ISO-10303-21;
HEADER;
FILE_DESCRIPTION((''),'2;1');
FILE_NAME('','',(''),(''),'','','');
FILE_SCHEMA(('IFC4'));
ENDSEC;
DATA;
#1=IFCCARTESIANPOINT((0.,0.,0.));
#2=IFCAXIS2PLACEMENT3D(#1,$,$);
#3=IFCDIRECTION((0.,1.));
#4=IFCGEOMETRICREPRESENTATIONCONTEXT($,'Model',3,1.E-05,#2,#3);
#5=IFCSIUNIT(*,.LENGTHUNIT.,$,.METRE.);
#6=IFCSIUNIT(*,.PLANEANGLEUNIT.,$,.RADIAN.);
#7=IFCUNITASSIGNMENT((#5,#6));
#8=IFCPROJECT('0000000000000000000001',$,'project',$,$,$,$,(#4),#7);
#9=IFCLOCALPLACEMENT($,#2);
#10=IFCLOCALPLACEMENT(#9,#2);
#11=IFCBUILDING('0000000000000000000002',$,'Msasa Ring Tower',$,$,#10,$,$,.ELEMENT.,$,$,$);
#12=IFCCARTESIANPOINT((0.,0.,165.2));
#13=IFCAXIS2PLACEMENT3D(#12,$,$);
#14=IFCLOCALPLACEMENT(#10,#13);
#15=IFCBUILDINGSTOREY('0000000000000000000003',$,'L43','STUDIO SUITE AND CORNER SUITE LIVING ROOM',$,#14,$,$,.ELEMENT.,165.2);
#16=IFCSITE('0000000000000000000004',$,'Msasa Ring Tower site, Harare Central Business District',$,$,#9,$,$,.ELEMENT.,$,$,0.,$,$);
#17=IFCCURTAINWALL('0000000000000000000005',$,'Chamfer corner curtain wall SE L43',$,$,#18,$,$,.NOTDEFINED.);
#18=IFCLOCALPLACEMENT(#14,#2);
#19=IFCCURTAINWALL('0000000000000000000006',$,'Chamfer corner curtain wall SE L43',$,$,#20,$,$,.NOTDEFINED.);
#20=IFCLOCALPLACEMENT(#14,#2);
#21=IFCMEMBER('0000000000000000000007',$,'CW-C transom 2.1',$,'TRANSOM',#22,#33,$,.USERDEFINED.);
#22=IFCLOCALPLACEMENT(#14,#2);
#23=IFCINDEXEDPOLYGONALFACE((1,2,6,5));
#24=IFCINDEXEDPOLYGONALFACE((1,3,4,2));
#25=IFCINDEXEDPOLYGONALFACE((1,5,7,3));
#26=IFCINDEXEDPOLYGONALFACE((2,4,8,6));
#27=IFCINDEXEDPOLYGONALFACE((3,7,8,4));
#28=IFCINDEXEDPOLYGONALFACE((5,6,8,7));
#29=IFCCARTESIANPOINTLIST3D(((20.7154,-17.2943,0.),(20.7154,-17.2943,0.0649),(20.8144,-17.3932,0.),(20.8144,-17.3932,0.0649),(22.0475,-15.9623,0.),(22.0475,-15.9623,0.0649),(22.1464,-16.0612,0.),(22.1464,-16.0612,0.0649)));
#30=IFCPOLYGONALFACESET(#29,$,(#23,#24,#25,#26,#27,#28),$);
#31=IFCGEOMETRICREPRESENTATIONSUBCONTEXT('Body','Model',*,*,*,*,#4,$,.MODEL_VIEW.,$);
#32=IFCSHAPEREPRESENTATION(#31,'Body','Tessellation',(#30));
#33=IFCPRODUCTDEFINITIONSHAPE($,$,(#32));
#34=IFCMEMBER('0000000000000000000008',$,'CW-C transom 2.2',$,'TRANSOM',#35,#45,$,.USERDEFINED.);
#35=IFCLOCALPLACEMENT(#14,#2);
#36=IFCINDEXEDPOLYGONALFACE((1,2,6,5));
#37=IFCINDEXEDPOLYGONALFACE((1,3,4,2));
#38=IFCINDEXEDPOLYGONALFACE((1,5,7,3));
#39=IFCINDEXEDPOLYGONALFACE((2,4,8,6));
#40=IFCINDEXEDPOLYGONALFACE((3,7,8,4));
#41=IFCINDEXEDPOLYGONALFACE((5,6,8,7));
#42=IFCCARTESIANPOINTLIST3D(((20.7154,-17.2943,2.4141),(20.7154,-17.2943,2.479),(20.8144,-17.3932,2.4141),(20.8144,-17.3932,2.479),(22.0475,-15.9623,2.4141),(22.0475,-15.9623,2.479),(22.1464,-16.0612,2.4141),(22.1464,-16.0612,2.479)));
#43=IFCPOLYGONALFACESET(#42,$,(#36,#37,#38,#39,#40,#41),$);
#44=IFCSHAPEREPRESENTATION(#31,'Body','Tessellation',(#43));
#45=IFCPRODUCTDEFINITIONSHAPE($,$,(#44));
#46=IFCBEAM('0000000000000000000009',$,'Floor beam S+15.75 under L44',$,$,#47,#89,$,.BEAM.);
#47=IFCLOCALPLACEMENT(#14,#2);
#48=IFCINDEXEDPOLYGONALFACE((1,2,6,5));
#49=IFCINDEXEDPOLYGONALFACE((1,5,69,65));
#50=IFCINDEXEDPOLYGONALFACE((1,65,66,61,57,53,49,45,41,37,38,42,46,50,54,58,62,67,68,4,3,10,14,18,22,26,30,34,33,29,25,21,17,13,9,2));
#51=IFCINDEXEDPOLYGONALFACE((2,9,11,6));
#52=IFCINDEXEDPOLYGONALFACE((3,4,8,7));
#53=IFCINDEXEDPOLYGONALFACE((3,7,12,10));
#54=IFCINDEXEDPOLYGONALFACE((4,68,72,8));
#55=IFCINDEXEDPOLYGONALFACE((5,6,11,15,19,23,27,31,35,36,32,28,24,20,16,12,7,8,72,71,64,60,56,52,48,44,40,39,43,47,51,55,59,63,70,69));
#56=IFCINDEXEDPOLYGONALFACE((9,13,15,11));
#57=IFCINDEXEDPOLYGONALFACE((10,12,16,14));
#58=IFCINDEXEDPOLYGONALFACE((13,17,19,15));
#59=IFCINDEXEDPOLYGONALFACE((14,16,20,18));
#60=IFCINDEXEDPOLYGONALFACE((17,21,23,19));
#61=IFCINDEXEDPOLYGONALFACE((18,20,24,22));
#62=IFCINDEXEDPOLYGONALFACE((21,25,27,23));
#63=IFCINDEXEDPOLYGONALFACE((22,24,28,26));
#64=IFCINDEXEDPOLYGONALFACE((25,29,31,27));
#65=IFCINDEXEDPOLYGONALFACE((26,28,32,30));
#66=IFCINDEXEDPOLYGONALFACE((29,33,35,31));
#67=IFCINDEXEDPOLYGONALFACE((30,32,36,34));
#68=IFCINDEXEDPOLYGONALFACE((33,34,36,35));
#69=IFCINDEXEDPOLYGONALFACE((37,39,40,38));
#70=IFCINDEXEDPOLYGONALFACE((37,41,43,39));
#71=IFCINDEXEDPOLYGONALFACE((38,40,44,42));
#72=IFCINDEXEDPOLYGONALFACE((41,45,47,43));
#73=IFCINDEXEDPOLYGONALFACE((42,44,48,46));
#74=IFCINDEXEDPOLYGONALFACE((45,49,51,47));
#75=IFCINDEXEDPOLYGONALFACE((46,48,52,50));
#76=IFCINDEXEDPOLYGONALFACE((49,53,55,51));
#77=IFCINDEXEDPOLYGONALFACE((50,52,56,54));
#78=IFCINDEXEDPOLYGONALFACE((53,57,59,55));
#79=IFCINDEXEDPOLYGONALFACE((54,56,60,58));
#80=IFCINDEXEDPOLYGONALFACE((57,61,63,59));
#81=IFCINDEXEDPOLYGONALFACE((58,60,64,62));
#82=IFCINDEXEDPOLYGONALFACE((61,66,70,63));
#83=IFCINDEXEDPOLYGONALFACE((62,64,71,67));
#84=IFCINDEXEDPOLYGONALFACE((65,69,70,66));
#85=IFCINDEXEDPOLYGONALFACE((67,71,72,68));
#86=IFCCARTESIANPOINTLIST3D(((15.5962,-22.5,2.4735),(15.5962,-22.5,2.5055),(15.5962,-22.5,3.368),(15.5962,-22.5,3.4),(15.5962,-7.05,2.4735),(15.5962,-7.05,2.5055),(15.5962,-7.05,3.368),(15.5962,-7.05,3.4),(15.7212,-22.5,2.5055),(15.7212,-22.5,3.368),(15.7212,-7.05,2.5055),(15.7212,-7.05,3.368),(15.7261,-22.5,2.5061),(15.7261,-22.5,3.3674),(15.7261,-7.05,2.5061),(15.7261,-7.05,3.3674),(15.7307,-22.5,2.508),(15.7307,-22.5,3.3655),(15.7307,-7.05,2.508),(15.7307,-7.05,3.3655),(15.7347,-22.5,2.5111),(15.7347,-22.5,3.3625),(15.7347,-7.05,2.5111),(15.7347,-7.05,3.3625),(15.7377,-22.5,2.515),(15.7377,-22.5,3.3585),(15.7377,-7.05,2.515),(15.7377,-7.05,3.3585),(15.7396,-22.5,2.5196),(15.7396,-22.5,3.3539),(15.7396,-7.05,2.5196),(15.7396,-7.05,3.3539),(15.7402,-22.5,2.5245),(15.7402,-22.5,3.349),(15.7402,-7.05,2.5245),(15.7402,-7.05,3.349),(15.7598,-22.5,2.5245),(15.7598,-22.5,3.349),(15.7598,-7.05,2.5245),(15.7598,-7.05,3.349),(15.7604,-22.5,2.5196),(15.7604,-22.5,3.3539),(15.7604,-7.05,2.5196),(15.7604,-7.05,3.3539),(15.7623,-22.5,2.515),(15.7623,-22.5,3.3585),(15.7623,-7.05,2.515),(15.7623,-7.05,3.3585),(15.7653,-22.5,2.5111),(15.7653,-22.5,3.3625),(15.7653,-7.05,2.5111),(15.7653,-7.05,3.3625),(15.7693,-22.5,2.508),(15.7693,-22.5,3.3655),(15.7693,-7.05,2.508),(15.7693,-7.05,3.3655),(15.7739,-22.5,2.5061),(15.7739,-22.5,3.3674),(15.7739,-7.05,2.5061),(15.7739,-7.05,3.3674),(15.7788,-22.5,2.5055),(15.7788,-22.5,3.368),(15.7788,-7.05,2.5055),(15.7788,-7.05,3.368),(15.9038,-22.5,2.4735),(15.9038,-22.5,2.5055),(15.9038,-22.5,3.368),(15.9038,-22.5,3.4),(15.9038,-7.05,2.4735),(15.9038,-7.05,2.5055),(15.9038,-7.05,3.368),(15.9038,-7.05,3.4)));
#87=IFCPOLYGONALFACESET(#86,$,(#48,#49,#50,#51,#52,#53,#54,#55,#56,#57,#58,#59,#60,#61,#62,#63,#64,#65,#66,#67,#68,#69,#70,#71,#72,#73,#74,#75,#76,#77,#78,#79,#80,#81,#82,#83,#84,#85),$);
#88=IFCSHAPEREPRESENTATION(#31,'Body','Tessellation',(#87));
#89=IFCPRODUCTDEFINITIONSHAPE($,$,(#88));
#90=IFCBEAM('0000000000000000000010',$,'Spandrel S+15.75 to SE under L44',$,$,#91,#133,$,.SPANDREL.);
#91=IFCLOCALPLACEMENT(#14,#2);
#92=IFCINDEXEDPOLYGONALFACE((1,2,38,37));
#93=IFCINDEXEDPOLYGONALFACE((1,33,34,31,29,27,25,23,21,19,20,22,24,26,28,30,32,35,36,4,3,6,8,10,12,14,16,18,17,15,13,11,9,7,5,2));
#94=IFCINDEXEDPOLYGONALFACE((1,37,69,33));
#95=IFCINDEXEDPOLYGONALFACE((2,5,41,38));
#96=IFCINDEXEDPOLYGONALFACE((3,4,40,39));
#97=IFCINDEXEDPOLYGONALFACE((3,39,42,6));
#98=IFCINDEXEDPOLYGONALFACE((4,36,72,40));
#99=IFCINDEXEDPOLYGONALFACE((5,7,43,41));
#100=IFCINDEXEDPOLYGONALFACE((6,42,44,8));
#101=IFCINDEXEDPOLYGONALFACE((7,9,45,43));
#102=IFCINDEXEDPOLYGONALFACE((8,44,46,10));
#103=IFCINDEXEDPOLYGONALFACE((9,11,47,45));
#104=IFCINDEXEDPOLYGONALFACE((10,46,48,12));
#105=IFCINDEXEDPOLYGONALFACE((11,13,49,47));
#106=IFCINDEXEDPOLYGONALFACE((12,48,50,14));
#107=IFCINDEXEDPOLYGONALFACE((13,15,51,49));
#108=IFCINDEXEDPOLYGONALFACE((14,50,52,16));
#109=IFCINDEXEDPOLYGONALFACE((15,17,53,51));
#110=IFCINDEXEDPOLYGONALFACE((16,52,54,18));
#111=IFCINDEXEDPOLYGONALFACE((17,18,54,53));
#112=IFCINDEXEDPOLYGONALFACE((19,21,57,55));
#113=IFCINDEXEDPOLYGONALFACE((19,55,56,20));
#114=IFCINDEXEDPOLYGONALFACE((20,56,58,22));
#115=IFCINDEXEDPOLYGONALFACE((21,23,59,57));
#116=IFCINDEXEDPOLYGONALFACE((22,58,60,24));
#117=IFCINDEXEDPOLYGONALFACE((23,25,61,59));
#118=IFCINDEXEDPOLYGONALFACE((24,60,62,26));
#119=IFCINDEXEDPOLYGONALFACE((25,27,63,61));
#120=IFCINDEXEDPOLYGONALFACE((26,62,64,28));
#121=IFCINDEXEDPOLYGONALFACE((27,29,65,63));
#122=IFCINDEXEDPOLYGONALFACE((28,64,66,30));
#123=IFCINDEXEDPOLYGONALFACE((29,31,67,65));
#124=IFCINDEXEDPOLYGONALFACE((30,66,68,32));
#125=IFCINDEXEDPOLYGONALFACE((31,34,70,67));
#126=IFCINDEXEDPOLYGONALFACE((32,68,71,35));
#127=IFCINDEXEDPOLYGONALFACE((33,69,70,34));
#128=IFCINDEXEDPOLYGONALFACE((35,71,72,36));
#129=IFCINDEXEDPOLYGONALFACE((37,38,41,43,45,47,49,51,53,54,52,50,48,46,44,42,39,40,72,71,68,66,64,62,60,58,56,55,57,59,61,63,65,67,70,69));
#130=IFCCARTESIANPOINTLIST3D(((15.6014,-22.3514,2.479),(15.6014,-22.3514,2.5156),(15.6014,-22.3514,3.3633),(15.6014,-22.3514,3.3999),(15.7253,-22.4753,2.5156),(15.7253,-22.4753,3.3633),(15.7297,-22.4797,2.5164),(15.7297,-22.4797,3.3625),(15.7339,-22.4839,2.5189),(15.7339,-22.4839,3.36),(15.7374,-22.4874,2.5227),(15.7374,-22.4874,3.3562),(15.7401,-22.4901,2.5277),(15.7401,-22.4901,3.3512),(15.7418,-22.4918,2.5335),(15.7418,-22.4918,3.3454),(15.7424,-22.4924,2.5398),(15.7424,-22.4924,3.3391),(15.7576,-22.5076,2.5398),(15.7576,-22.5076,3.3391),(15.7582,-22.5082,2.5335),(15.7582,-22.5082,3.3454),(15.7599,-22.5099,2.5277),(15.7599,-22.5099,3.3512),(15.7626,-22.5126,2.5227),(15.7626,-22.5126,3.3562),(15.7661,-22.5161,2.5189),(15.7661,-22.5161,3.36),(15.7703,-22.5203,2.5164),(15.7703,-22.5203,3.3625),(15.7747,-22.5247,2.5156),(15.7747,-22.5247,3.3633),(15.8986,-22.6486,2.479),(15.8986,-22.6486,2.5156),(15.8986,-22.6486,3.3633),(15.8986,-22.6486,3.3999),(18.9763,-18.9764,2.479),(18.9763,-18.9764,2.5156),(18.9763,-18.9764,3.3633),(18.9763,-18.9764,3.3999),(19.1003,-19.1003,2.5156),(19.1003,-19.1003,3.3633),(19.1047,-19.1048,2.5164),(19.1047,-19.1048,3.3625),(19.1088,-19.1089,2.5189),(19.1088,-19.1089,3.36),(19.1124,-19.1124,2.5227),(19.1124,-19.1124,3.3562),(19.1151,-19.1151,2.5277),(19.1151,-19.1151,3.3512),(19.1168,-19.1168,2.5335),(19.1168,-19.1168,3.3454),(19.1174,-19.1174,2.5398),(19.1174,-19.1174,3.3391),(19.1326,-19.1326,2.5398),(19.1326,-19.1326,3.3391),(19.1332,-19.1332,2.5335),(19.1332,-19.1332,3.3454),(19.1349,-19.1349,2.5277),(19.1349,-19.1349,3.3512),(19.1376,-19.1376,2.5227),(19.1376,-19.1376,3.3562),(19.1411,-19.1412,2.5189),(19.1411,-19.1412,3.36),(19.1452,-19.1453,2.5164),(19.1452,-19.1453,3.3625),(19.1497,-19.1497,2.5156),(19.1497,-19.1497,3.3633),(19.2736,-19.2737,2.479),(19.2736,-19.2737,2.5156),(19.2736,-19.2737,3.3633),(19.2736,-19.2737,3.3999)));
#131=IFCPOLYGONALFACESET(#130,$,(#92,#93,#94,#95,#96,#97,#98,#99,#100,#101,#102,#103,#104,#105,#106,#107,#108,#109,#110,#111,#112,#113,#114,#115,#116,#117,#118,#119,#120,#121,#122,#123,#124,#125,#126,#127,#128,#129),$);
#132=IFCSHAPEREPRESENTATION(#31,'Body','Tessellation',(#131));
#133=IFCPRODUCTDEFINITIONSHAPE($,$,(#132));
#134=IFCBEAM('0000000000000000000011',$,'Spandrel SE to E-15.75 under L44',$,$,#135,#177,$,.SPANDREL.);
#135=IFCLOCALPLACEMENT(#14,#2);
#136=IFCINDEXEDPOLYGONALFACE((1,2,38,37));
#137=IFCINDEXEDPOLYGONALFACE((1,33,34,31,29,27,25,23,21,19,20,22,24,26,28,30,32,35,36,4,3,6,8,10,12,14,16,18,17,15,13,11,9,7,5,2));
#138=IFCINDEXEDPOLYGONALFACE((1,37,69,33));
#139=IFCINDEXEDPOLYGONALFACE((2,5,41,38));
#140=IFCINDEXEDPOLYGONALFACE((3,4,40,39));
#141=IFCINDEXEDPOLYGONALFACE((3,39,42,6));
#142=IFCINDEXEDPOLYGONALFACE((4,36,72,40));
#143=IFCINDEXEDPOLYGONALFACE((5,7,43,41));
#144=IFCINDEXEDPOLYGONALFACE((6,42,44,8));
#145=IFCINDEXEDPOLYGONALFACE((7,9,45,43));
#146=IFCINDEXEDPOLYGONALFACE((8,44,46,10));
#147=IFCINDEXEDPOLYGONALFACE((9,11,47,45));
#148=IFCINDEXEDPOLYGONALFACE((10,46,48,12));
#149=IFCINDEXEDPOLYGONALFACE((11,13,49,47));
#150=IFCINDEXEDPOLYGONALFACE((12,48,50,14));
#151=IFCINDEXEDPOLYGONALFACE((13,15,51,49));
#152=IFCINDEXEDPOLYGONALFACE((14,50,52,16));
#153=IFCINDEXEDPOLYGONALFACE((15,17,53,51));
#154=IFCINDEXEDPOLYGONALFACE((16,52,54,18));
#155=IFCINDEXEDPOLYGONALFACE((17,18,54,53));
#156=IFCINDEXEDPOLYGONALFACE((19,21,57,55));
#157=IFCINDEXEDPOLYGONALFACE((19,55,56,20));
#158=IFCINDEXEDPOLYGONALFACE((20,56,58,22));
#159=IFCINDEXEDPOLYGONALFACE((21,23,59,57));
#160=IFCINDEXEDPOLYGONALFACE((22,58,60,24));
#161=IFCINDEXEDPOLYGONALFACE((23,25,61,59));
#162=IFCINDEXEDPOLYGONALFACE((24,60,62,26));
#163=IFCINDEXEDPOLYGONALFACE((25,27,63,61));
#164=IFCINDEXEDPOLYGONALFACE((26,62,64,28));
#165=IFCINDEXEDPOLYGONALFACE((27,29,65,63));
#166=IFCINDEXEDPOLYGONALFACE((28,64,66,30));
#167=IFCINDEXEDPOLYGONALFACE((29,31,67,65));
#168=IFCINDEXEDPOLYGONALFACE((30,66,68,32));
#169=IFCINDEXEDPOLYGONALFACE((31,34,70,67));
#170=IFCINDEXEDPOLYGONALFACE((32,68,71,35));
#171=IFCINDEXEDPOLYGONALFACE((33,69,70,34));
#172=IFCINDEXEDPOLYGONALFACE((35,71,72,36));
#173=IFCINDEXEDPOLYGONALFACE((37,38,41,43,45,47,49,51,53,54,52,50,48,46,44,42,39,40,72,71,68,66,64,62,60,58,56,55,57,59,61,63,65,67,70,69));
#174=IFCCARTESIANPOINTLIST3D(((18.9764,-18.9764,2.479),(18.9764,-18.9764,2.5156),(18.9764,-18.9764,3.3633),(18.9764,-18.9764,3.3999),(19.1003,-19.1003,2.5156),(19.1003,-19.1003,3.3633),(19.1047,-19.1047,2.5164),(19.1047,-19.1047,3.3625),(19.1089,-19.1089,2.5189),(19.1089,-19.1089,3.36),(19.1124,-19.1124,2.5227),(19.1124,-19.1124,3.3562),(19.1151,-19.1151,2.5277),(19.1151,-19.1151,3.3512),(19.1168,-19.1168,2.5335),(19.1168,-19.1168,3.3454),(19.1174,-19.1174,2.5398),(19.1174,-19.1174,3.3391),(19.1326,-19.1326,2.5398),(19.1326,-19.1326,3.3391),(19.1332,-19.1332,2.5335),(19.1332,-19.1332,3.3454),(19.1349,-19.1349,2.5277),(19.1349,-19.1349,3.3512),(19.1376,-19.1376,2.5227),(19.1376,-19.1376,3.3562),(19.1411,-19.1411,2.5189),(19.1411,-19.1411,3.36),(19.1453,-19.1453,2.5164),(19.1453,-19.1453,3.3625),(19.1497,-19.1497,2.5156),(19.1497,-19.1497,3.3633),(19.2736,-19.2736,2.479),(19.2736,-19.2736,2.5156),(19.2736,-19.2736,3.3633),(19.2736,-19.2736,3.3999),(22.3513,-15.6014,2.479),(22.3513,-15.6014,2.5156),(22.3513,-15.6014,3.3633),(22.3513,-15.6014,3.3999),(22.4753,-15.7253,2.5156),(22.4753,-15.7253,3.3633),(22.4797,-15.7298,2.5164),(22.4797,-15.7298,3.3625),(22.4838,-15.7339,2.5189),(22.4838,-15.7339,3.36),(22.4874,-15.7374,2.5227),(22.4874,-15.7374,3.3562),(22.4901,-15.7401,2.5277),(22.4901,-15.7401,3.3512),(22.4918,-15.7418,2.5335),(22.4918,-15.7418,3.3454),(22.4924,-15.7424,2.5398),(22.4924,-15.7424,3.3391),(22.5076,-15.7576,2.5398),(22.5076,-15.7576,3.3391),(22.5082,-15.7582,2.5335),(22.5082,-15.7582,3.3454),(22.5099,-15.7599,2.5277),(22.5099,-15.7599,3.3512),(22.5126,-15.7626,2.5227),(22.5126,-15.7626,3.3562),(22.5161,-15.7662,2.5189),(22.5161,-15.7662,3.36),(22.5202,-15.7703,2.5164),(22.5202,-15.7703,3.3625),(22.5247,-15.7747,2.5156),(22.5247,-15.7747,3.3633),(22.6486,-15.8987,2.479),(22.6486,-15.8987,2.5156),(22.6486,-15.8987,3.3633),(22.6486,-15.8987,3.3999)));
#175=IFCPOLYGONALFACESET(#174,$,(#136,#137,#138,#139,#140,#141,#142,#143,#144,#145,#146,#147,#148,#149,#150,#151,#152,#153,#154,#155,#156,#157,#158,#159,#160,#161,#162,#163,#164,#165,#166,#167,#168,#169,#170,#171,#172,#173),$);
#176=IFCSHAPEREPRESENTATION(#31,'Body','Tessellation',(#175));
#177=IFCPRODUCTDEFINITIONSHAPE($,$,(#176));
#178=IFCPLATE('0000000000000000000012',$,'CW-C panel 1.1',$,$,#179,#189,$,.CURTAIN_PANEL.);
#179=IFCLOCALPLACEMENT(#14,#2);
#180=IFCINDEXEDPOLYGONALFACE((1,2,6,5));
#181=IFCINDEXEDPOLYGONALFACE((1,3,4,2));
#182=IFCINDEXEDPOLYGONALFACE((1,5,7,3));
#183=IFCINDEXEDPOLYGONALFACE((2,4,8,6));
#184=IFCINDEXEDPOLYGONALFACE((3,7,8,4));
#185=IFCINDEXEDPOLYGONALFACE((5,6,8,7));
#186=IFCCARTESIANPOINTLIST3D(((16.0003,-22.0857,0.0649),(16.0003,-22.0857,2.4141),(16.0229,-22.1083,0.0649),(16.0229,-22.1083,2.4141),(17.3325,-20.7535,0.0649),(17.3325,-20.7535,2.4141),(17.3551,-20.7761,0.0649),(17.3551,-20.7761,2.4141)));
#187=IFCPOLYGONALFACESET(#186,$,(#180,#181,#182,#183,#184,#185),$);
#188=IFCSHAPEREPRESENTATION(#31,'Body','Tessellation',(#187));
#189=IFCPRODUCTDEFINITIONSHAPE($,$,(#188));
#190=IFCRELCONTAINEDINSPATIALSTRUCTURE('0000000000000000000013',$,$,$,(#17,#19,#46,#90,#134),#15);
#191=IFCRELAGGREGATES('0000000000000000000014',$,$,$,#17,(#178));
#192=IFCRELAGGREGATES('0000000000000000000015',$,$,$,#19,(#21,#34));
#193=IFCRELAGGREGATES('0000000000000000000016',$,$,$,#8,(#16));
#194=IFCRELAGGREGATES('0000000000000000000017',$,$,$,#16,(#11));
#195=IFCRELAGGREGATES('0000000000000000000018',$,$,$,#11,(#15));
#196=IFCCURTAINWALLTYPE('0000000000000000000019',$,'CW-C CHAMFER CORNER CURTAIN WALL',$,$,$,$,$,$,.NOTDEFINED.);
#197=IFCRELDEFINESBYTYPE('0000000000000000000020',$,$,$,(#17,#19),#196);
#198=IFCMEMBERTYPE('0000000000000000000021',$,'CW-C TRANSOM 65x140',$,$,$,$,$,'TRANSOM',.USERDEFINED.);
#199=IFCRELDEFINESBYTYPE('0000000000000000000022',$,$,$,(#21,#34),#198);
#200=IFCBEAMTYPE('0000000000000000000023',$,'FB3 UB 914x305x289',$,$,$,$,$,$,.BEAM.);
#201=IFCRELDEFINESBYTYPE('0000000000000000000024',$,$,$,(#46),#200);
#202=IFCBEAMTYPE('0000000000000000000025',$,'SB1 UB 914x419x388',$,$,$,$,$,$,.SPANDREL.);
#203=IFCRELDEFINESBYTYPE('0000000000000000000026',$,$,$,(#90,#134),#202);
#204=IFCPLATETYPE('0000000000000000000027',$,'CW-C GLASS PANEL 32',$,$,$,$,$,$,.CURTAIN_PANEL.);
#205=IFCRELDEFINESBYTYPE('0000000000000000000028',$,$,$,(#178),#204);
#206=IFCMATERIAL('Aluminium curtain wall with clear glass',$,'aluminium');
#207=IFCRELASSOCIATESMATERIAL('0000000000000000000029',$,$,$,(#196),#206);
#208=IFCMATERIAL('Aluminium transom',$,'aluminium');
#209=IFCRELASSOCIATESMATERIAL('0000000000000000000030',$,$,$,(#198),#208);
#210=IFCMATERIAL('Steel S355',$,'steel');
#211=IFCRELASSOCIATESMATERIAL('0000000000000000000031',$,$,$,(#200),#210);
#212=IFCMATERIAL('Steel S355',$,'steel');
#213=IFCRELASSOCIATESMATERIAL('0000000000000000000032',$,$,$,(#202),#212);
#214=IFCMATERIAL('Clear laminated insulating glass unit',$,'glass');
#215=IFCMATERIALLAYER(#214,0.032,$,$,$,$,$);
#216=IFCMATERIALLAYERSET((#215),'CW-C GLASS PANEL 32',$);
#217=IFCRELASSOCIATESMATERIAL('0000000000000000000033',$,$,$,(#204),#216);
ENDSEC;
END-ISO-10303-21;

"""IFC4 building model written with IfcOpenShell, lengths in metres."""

from ifc_helpers import new_model, si_unit, direction, frame, origin, origin_2d, place, context, subcontext, project, spatial, rectangle, i_section, extrude, material, layer, layer_set, material_profile, profile_set, type_object, element, aggregate, save


model = new_model("IFC4")

# Units and contexts
model_context = context("Model", 3, precision=1e-05, world=origin(), true_north=direction((0.0, 1.0)))
body_context = subcontext(model_context, "Body", "Model", "MODEL_VIEW")
ifc_project = project(units=[si_unit("LENGTHUNIT", "METRE"), si_unit("PLANEANGLEUNIT", "RADIAN")], contexts=[model_context])

# Site, building, storey
site_placement = place(None, origin())
site = spatial("IfcSite", under=ifc_project, at=site_placement, Name="Msasa Ring Tower site, Harare Central Business District", CompositionType="ELEMENT", RefElevation=0.0)
building_placement = place(site_placement, origin())
building = spatial("IfcBuilding", under=site, at=building_placement, Name="Msasa Ring Tower", CompositionType="ELEMENT")
storey_placement = place(building_placement, frame((0.0, 0.0, 165.2)))
storey = spatial("IfcBuildingStorey", under=building, at=storey_placement, Name="L43", Description="STUDIO SUITE AND CORNER SUITE LIVING ROOM", CompositionType="ELEMENT", Elevation=165.2)

# Curtain walls
ifc_material_1 = material(Name="Aluminium curtain wall with clear glass", Category="aluminium")
curtain_wall_type = type_object("IfcCurtainWallType", Name="CW-C CHAMFER CORNER CURTAIN WALL", PredefinedType="NOTDEFINED", material=ifc_material_1)
curtain_wall_1_placement = place(storey_placement, origin())
curtain_wall_1 = element("IfcCurtainWall", 1, at=curtain_wall_1_placement, inside=storey, type_object=curtain_wall_type, Name="Chamfer corner curtain wall SE L43", PredefinedType="NOTDEFINED")
curtain_wall_2_placement = place(storey_placement, origin())
curtain_wall_2 = element("IfcCurtainWall", 2, at=curtain_wall_2_placement, inside=storey, type_object=curtain_wall_type, Name="Chamfer corner curtain wall SE L43", PredefinedType="NOTDEFINED")

# Members
ifc_material_2 = material(Name="Aluminium transom", Category="aluminium")
ifc_material_profile_1 = material_profile(ifc_material_2, rectangle(XDim=0.1399, YDim=0.0649, at=origin_2d()), Name="AL 65x140")
ifc_profile_set_1 = profile_set([ifc_material_profile_1], Name="Aluminium transom")
member_type_1 = type_object("IfcMemberType", Name="CW-C TRANSOM 65x140", ElementType="TRANSOM", PredefinedType="USERDEFINED", material=ifc_profile_set_1)
member_1_placement = place(storey_placement, frame((20.7649, -17.3438, 0.0325), z_axis=(0.707107, 0.707107, 0.0), x_axis=(-0.707107, 0.707107, 0.0)))
member_1 = element("IfcMember", 3, at=member_1_placement, type_object=member_type_1, Name="CW-C transom 2.1", ObjectType="TRANSOM", PredefinedType="USERDEFINED", context=body_context, shape_type="SweptSolid", body=[
    extrude(rectangle(XDim=0.1399, YDim=0.0649, at=origin_2d()), origin(), (0.0, 0.0, 1.0), 1.8838),
])
member_2_placement = place(storey_placement, frame((20.7649, -17.3438, 2.4465), z_axis=(0.707107, 0.707107, 0.0), x_axis=(-0.707107, 0.707107, 0.0)))
member_2 = element("IfcMember", 4, at=member_2_placement, type_object=member_type_1, Name="CW-C transom 2.2", ObjectType="TRANSOM", PredefinedType="USERDEFINED", context=body_context, shape_type="SweptSolid", body=[
    extrude(rectangle(XDim=0.1399, YDim=0.0649, at=origin_2d()), origin(), (0.0, 0.0, 1.0), 1.8838),
])

# Beams
ifc_material_3 = material(Name="Steel S355", Category="steel")
ifc_material_profile_2 = material_profile(ifc_material_3, i_section(OverallWidth=0.3076, OverallDepth=0.9265, WebThickness=0.0195, FlangeThickness=0.032, FilletRadius=0.019, at=origin_2d()), Name="UB 914x305x289")
ifc_profile_set_2 = profile_set([ifc_material_profile_2], Name="Steel S355")
beam_type_1 = type_object("IfcBeamType", Name="FB3 UB 914x305x289", PredefinedType="BEAM", material=ifc_profile_set_2)
beam_placement = place(storey_placement, frame((15.75, -22.5, 2.9368), z_axis=(0.0, 1.0, 0.0), x_axis=(-1.0, 0.0, 0.0)))
element("IfcBeam", 5, at=beam_placement, inside=storey, type_object=beam_type_1, Name="Floor beam S+15.75 under L44", PredefinedType="BEAM", context=body_context, shape_type="SweptSolid", body=[
    extrude(i_section(OverallWidth=0.3076, OverallDepth=0.9265, WebThickness=0.0195, FlangeThickness=0.032, FilletRadius=0.019, at=origin_2d()), origin(), (0.0, 0.0, 1.0), 15.45),
])
ifc_material_4 = material(Name="Steel S355", Category="steel")
ifc_material_profile_3 = material_profile(ifc_material_4, i_section(OverallWidth=0.4204, OverallDepth=0.9209, WebThickness=0.0215, FlangeThickness=0.0366, FilletRadius=0.0242, at=origin_2d()), Name="UB 914x419x388")
ifc_profile_set_3 = profile_set([ifc_material_profile_3], Name="Steel S355")
beam_type_2 = type_object("IfcBeamType", Name="SB1 UB 914x419x388", PredefinedType="SPANDREL", material=ifc_profile_set_3)
for number, where, z_axis, x_axis, name in (
    (6, (15.75, -22.5, 2.9395), (0.707107, 0.707107, 0.0), (-0.707107, 0.707107, 0.0), "Spandrel S+15.75 to SE under L44"),
    (7, (19.125, -19.125, 2.9395), (0.707107, 0.707107, 0.0), (-0.707107, 0.707107, 0.0), "Spandrel SE to E-15.75 under L44"),
):
    element("IfcBeam", number, at=place(storey_placement, frame(where, z_axis=z_axis, x_axis=x_axis)), inside=storey, type_object=beam_type_2, Name=name, PredefinedType="SPANDREL", context=body_context, shape_type="SweptSolid", body=[
        extrude(i_section(OverallWidth=0.4204, OverallDepth=0.9209, WebThickness=0.0215, FlangeThickness=0.0366, FilletRadius=0.0242, at=origin_2d()), origin(), (0.0, 0.0, 1.0), 4.7729),
    ])

# Plate
ifc_material_5 = material(Name="Clear laminated insulating glass unit", Category="glass")
ifc_layer_1 = layer(ifc_material_5, 0.032)
ifc_layer_set_1 = layer_set([ifc_layer_1], Name="CW-C GLASS PANEL 32")
plate_type = type_object("IfcPlateType", Name="CW-C GLASS PANEL 32", PredefinedType="CURTAIN_PANEL", material=ifc_layer_set_1)
plate_1_placement = place(storey_placement, frame((16.6777, -21.4309, 0.0649), z_axis=(0.0, 0.0, 1.0), x_axis=(0.707107, 0.707107, 0.0)))
plate_1 = element("IfcPlate", 8, at=plate_1_placement, type_object=plate_type, Name="CW-C panel 1.1", PredefinedType="CURTAIN_PANEL", context=body_context, shape_type="SweptSolid", body=[
    extrude(rectangle(XDim=1.884, YDim=0.032, at=origin_2d()), origin(), (0.0, 0.0, 1.0), 2.3491),
])
aggregate(curtain_wall_1, [plate_1])
aggregate(curtain_wall_2, [member_1, member_2])

save(model, "model.ifc")
